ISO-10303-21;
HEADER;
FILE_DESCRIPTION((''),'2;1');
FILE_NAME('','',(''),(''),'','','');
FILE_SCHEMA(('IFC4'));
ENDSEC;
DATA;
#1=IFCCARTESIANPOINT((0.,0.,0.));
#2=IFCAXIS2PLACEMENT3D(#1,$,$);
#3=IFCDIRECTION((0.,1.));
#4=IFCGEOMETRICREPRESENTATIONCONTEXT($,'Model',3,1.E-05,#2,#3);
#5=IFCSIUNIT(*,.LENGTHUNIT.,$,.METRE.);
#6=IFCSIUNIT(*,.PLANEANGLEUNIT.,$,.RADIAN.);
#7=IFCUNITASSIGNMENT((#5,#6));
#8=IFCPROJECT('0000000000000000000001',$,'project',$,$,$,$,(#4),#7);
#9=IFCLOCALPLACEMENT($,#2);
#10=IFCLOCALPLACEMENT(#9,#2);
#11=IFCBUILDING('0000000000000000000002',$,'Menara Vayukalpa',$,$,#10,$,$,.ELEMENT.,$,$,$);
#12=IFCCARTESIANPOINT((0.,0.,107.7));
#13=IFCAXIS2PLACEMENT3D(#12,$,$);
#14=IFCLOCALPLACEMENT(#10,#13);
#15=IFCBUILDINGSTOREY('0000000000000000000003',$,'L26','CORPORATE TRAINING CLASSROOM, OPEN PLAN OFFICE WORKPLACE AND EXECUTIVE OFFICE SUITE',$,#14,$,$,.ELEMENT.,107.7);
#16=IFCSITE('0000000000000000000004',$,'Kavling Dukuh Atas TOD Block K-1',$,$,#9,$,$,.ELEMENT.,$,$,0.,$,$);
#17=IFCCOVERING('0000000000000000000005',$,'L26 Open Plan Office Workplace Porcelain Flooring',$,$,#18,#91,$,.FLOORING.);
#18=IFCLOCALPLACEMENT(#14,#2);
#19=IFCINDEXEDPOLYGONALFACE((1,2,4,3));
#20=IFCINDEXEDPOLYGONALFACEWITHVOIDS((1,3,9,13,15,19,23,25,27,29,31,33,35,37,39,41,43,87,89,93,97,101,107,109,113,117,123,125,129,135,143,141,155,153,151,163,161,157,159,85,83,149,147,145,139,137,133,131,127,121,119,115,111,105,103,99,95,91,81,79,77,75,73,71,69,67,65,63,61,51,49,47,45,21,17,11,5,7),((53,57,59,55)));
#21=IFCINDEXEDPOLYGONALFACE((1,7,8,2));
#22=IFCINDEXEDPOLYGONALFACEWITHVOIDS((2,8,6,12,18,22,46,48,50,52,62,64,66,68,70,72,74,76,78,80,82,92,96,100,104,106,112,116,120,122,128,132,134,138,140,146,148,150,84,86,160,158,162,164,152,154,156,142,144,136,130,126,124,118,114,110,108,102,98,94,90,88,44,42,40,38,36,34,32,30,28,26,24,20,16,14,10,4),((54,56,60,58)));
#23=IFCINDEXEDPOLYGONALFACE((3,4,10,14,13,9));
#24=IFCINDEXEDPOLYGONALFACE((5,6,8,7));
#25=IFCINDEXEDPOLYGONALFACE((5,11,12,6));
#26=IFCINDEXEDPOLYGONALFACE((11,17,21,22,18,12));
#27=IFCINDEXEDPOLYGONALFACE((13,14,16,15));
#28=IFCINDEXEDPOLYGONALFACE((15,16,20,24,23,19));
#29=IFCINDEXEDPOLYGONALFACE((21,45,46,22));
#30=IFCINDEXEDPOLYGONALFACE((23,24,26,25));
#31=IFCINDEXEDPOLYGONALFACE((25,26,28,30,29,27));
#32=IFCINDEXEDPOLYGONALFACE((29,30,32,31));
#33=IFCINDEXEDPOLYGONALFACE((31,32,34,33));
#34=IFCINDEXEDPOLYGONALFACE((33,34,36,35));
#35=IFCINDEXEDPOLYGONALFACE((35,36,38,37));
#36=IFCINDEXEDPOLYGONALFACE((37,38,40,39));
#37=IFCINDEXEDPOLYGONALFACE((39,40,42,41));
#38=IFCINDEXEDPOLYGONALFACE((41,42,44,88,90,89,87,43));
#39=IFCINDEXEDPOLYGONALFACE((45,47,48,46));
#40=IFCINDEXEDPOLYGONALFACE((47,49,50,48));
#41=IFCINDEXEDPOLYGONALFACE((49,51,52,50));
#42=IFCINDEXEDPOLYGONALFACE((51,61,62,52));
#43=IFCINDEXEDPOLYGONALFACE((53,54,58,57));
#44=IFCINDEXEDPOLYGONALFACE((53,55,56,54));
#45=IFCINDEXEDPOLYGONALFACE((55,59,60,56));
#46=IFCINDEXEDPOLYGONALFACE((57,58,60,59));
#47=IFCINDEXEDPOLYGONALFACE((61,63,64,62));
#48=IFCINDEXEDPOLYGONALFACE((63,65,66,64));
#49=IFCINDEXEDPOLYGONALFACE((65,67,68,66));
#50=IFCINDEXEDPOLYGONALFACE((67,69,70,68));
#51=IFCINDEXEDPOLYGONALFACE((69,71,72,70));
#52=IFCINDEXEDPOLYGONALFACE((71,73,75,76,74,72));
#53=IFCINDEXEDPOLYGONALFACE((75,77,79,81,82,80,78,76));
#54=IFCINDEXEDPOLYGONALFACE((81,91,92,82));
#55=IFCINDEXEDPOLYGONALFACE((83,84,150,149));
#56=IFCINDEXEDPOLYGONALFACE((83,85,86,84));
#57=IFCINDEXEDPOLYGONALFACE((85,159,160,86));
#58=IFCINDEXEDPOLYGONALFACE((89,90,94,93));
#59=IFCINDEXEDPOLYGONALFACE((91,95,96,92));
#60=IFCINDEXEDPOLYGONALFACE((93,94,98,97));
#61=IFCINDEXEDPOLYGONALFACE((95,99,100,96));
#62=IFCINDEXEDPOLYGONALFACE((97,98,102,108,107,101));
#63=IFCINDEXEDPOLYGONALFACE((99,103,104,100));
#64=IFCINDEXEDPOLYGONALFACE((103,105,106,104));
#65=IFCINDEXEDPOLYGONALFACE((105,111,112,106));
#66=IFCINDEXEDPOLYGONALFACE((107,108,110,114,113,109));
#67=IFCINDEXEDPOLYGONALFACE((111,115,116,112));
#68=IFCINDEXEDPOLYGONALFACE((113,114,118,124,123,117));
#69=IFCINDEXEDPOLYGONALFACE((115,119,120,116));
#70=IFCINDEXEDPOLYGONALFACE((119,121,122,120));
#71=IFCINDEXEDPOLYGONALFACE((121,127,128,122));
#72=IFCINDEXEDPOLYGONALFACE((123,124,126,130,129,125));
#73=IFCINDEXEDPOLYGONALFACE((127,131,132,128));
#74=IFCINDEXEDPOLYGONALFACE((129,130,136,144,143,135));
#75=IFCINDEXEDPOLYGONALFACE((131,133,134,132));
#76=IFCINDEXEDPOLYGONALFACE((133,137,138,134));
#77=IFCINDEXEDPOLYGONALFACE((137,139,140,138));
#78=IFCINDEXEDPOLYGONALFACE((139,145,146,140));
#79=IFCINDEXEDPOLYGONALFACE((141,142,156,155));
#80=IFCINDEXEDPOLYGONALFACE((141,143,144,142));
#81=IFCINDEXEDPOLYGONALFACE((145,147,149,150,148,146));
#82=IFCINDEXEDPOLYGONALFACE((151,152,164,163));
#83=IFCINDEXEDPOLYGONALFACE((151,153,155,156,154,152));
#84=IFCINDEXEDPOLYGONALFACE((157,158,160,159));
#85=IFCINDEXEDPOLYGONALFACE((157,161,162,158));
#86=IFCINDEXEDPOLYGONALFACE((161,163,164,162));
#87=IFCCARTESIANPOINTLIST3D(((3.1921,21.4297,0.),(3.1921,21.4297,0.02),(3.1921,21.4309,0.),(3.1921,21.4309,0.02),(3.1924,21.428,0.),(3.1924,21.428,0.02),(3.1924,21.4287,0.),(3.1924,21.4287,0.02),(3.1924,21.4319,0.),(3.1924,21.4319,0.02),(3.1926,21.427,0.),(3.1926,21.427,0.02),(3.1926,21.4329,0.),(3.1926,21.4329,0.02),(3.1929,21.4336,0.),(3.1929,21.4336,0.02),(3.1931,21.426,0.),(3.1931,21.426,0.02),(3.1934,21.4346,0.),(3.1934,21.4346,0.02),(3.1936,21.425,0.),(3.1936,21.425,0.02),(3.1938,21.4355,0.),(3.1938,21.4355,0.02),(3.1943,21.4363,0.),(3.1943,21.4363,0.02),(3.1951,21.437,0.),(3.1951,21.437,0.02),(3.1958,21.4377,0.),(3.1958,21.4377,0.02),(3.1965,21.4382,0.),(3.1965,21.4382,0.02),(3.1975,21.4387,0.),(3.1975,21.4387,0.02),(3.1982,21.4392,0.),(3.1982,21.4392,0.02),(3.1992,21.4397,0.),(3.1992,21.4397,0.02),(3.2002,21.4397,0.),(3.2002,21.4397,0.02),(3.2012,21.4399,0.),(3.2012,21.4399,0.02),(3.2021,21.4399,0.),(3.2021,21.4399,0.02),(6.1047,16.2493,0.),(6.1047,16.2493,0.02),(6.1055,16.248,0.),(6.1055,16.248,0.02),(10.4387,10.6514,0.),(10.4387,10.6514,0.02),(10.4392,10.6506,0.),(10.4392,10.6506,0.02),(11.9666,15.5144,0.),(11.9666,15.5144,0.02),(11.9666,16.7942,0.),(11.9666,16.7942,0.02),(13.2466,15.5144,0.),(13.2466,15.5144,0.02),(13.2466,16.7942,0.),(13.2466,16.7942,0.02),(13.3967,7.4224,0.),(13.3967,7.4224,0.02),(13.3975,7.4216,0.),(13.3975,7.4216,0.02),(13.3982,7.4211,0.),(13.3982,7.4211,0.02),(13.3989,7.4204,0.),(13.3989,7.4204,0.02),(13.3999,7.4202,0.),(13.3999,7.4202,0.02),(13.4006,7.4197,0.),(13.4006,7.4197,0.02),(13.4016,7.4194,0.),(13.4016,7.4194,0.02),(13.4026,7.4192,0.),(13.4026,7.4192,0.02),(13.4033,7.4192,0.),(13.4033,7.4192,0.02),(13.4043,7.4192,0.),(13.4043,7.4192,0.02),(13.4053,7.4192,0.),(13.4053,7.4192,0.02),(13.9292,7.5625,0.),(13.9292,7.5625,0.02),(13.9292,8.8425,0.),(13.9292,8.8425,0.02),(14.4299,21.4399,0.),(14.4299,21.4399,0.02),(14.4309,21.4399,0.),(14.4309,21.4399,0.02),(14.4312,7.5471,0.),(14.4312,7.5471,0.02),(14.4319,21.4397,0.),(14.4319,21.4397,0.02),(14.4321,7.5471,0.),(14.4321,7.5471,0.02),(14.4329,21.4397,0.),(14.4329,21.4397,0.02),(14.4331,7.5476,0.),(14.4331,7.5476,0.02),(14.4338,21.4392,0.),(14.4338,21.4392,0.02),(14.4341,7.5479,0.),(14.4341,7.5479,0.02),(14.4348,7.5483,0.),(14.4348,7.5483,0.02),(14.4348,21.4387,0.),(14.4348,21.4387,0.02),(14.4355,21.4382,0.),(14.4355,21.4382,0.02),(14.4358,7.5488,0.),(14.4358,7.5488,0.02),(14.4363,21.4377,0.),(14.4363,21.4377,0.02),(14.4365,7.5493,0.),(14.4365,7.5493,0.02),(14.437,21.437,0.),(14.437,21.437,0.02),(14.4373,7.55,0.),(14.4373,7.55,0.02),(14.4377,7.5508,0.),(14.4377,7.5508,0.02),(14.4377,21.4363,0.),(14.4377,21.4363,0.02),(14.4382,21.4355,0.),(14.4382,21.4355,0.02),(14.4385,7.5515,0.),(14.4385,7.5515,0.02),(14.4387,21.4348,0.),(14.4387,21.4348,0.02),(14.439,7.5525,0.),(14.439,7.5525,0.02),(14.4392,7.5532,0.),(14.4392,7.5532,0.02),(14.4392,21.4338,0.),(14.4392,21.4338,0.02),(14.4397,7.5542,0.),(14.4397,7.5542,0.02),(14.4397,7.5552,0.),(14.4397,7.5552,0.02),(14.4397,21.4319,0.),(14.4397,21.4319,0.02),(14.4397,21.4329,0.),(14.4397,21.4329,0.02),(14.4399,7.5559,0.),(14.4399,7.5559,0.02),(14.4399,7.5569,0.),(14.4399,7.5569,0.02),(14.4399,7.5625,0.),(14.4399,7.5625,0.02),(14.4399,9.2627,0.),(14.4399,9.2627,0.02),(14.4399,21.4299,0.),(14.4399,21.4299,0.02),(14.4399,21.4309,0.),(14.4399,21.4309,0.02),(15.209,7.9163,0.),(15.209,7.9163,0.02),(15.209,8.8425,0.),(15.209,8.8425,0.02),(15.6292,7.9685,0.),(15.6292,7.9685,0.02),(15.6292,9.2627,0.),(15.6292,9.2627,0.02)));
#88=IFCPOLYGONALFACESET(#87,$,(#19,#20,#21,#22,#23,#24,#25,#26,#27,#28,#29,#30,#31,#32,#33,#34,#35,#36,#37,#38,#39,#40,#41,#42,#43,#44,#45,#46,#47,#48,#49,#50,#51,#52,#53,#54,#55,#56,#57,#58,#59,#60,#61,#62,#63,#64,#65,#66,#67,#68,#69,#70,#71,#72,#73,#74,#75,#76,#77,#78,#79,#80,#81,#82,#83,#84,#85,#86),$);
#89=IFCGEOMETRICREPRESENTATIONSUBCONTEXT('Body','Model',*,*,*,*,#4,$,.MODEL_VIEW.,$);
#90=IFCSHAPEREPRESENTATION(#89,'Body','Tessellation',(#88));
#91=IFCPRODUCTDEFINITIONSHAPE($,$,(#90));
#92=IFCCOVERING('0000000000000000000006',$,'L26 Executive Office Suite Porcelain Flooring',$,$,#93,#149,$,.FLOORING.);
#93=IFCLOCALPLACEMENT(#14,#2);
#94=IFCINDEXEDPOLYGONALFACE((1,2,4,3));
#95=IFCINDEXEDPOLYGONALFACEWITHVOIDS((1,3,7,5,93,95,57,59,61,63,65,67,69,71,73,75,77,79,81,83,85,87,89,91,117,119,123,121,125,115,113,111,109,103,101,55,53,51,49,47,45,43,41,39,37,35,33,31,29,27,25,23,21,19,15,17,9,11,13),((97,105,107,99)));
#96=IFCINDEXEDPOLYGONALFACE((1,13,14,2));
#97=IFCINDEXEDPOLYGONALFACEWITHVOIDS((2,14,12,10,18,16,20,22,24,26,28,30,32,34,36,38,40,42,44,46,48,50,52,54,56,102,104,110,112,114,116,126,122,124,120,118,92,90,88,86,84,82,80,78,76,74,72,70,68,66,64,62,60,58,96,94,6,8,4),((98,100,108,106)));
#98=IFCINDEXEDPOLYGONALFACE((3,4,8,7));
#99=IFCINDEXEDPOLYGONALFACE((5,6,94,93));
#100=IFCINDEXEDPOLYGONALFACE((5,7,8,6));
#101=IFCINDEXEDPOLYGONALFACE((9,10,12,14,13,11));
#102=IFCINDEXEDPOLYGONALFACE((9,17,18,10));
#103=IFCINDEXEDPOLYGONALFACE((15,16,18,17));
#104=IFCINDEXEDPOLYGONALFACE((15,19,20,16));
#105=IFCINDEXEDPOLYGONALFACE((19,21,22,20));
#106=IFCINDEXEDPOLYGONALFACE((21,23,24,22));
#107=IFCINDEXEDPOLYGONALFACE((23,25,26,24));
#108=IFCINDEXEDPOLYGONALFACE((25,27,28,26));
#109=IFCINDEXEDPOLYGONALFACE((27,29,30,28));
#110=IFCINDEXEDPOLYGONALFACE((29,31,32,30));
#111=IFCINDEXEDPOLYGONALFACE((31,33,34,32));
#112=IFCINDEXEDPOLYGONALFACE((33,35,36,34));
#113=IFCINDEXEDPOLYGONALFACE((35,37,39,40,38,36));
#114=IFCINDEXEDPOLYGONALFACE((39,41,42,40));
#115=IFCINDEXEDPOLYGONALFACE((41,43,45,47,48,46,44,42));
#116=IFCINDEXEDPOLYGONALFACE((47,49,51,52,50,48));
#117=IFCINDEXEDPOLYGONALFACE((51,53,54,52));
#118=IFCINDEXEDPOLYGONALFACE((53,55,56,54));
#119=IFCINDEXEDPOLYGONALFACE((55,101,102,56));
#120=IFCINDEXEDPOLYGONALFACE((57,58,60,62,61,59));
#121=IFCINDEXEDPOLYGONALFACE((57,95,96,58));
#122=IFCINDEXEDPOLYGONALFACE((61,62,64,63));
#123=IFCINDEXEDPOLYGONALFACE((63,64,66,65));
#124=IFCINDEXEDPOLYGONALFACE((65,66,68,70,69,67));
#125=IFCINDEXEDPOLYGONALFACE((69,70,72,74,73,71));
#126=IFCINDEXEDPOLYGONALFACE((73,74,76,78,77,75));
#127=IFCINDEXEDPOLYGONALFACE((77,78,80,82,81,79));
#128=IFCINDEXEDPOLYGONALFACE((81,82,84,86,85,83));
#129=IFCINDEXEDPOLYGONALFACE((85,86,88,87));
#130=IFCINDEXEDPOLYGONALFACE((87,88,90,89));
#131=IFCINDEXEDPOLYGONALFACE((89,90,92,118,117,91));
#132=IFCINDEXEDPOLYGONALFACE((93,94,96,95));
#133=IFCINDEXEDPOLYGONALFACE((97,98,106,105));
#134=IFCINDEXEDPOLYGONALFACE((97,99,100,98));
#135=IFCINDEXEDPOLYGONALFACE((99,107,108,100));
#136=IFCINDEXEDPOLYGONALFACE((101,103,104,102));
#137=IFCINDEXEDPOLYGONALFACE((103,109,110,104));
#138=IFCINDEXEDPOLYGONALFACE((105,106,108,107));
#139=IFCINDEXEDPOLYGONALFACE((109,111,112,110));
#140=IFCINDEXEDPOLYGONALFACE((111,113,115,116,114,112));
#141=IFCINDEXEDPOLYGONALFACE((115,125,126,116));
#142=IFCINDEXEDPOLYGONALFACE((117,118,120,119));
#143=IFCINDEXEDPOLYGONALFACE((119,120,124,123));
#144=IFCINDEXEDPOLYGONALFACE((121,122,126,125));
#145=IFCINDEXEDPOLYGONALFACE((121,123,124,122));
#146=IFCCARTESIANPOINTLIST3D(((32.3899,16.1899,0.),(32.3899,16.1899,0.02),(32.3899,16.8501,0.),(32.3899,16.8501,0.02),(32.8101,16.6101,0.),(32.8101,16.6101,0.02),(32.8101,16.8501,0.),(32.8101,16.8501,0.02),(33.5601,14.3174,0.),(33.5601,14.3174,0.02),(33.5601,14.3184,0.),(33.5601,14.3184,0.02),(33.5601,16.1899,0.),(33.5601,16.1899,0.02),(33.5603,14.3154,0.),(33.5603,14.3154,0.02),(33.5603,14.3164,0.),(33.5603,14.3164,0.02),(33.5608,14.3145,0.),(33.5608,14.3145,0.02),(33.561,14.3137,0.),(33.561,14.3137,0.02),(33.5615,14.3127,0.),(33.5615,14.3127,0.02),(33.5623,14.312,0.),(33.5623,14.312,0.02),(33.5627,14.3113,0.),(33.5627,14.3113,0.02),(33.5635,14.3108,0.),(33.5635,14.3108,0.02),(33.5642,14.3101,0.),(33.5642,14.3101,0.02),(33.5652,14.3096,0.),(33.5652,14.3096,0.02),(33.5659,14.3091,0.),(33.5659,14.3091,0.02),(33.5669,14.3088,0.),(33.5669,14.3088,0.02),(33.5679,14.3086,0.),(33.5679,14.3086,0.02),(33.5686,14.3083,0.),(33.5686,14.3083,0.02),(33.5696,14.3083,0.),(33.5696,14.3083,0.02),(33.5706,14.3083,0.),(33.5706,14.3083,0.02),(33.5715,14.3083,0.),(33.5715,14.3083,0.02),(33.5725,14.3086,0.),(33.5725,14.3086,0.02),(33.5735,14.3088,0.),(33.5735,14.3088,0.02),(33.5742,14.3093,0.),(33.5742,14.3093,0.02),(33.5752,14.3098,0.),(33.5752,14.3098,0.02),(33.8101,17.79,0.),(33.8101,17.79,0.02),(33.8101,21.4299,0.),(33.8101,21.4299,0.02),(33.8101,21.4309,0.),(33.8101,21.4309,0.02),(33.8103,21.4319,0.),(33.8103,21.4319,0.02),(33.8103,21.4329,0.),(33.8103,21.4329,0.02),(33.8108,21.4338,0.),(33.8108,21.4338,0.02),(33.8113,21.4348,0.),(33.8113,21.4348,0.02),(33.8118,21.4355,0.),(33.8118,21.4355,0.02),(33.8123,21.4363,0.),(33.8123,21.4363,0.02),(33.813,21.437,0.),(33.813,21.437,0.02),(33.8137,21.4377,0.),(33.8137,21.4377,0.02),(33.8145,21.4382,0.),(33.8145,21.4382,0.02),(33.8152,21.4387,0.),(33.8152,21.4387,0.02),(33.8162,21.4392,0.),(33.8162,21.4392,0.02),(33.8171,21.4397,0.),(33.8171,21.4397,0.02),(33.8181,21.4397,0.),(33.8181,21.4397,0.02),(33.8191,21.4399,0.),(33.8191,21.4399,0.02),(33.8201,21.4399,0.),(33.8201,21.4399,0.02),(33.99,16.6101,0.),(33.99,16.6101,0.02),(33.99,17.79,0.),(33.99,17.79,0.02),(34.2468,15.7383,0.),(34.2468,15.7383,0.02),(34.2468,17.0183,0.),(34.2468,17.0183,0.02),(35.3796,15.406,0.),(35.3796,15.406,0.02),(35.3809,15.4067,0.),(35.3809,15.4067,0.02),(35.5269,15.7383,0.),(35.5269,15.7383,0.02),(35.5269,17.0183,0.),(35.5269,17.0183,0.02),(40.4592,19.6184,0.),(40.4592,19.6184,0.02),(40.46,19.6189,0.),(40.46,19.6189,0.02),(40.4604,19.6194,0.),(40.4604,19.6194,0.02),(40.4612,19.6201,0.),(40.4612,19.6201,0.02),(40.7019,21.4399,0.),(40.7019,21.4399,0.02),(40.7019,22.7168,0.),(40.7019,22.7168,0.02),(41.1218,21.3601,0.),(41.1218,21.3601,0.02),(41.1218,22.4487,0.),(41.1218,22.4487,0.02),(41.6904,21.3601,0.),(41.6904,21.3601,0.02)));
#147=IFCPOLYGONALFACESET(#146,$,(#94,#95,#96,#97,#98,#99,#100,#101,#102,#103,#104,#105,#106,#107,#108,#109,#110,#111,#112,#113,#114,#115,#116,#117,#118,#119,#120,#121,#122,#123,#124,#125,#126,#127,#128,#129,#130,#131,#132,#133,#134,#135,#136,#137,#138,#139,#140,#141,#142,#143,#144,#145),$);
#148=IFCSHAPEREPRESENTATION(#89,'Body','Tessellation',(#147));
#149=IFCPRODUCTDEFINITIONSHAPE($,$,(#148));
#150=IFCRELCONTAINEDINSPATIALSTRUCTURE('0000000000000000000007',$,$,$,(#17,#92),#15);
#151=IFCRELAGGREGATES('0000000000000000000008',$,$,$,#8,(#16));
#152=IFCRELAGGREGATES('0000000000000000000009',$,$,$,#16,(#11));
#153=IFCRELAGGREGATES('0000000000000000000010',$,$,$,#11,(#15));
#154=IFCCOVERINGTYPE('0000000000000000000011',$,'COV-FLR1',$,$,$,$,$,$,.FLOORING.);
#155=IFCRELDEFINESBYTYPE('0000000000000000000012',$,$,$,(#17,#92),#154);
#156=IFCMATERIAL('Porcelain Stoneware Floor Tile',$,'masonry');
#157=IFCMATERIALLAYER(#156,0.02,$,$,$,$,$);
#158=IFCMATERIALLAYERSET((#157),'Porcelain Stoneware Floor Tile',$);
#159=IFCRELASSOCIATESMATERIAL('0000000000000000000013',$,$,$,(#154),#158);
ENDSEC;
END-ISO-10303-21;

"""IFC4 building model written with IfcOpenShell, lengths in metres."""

from ifc_helpers import new_model, si_unit, direction, frame, origin, place, context, subcontext, project, spatial, polyline, outline, extrude, material, layer, layer_set, type_object, element, save


model = new_model("IFC4")

# Units and contexts
model_context = context("Model", 3, precision=1e-05, world=origin(), true_north=direction((0.0, 1.0)))
body_context = subcontext(model_context, "Body", "Model", "MODEL_VIEW")
ifc_project = project(units=[si_unit("LENGTHUNIT", "METRE"), si_unit("PLANEANGLEUNIT", "RADIAN")], contexts=[model_context])

# Site, building, storey
site_placement = place(None, origin())
site = spatial("IfcSite", under=ifc_project, at=site_placement, Name="Kavling Dukuh Atas TOD Block K-1", CompositionType="ELEMENT", RefElevation=0.0)
building_placement = place(site_placement, origin())
building = spatial("IfcBuilding", under=site, at=building_placement, Name="Menara Vayukalpa", CompositionType="ELEMENT")
storey_placement = place(building_placement, frame((0.0, 0.0, 107.7)))
storey = spatial("IfcBuildingStorey", under=building, at=storey_placement, Name="L26", Description="CORPORATE TRAINING CLASSROOM, OPEN PLAN OFFICE WORKPLACE AND EXECUTIVE OFFICE SUITE", CompositionType="ELEMENT", Elevation=107.7)

# Coverings
ifc_material_1 = material(Name="Porcelain Stoneware Floor Tile", Category="masonry")
ifc_layer_1 = layer(ifc_material_1, 0.02)
ifc_layer_set_1 = layer_set([ifc_layer_1], Name="Porcelain Stoneware Floor Tile")
covering_type_1 = type_object("IfcCoveringType", Name="COV-FLR1", PredefinedType="FLOORING", material=ifc_layer_set_1)
covering_1_placement = place(storey_placement, origin())
element("IfcCovering", 1, at=covering_1_placement, inside=storey, type_object=covering_type_1, Name="L26 Open Plan Office Workplace Porcelain Flooring", PredefinedType="FLOORING", context=body_context, shape_type="SweptSolid", body=[
    extrude(outline(polyline([(15.6292, 7.9685), (15.209, 7.9163), (15.209, 8.8425), (13.9292, 8.8425), (13.9292, 7.5625), (14.4399, 7.5625), (14.4399, 7.5569), (14.4399, 7.5559), (14.4397, 7.5552), (14.4397, 7.5542), (14.4392, 7.5532), (14.439, 7.5525), (14.4385, 7.5515), (14.4377, 7.5508), (14.4373, 7.55), (14.4365, 7.5493), (14.4358, 7.5488), (14.4348, 7.5483), (14.4341, 7.5479), (14.4331, 7.5476), (14.4321, 7.5471), (14.4312, 7.5471), (13.4053, 7.4192), (13.4043, 7.4192), (13.4033, 7.4192), (13.4026, 7.4192), (13.4016, 7.4194), (13.4006, 7.4197), (13.3999, 7.4202), (13.3989, 7.4204), (13.3982, 7.4211), (13.3975, 7.4216), (13.3967, 7.4224), (10.4392, 10.6506), (10.4387, 10.6514), (6.1055, 16.248), (6.1047, 16.2493), (3.1936, 21.425), (3.1931, 21.426), (3.1926, 21.427), (3.1924, 21.428), (3.1924, 21.4287), (3.1921, 21.4297), (3.1921, 21.4309), (3.1924, 21.4319), (3.1926, 21.4329), (3.1929, 21.4336), (3.1934, 21.4346), (3.1938, 21.4355), (3.1943, 21.4363), (3.1951, 21.437), (3.1958, 21.4377), (3.1965, 21.4382), (3.1975, 21.4387), (3.1982, 21.4392), (3.1992, 21.4397), (3.2002, 21.4397), (3.2012, 21.4399), (3.2021, 21.4399), (14.4299, 21.4399), (14.4309, 21.4399), (14.4319, 21.4397), (14.4329, 21.4397), (14.4338, 21.4392), (14.4348, 21.4387), (14.4355, 21.4382), (14.4363, 21.4377), (14.437, 21.437), (14.4377, 21.4363), (14.4382, 21.4355), (14.4387, 21.4348), (14.4392, 21.4338), (14.4397, 21.4329), (14.4397, 21.4319), (14.4399, 21.4309), (14.4399, 21.4299), (14.4399, 9.2627), (15.6292, 9.2627), (15.6292, 7.9685)]), holes=[polyline([(13.2466, 16.7942), (11.9666, 16.7942), (11.9666, 15.5144), (13.2466, 15.5144), (13.2466, 16.7942)])]), origin(), (0.0, 0.0, 1.0), 0.02),
])
covering_2_placement = place(storey_placement, origin())
element("IfcCovering", 2, at=covering_2_placement, inside=storey, type_object=covering_type_1, Name="L26 Executive Office Suite Porcelain Flooring", PredefinedType="FLOORING", context=body_context, shape_type="SweptSolid", body=[
    extrude(outline(polyline([(32.3899, 16.8501), (32.8101, 16.8501), (32.8101, 16.6101), (33.99, 16.6101), (33.99, 17.79), (33.8101, 17.79), (33.8101, 21.4299), (33.8101, 21.4309), (33.8103, 21.4319), (33.8103, 21.4329), (33.8108, 21.4338), (33.8113, 21.4348), (33.8118, 21.4355), (33.8123, 21.4363), (33.813, 21.437), (33.8137, 21.4377), (33.8145, 21.4382), (33.8152, 21.4387), (33.8162, 21.4392), (33.8171, 21.4397), (33.8181, 21.4397), (33.8191, 21.4399), (33.8201, 21.4399), (40.7019, 21.4399), (40.7019, 22.7168), (41.1218, 22.4487), (41.1218, 21.3601), (41.6904, 21.3601), (40.4612, 19.6201), (40.4604, 19.6194), (40.46, 19.6189), (40.4592, 19.6184), (35.3809, 15.4067), (35.3796, 15.406), (33.5752, 14.3098), (33.5742, 14.3093), (33.5735, 14.3088), (33.5725, 14.3086), (33.5715, 14.3083), (33.5706, 14.3083), (33.5696, 14.3083), (33.5686, 14.3083), (33.5679, 14.3086), (33.5669, 14.3088), (33.5659, 14.3091), (33.5652, 14.3096), (33.5642, 14.3101), (33.5635, 14.3108), (33.5627, 14.3113), (33.5623, 14.312), (33.5615, 14.3127), (33.561, 14.3137), (33.5608, 14.3145), (33.5603, 14.3154), (33.5603, 14.3164), (33.5601, 14.3174), (33.5601, 14.3184), (33.5601, 16.1899), (32.3899, 16.1899), (32.3899, 16.8501)]), holes=[polyline([(35.5269, 17.0183), (34.2468, 17.0183), (34.2468, 15.7383), (35.5269, 15.7383), (35.5269, 17.0183)])]), origin(), (0.0, 0.0, 1.0), 0.02),
])

save(model, "model.ifc")
